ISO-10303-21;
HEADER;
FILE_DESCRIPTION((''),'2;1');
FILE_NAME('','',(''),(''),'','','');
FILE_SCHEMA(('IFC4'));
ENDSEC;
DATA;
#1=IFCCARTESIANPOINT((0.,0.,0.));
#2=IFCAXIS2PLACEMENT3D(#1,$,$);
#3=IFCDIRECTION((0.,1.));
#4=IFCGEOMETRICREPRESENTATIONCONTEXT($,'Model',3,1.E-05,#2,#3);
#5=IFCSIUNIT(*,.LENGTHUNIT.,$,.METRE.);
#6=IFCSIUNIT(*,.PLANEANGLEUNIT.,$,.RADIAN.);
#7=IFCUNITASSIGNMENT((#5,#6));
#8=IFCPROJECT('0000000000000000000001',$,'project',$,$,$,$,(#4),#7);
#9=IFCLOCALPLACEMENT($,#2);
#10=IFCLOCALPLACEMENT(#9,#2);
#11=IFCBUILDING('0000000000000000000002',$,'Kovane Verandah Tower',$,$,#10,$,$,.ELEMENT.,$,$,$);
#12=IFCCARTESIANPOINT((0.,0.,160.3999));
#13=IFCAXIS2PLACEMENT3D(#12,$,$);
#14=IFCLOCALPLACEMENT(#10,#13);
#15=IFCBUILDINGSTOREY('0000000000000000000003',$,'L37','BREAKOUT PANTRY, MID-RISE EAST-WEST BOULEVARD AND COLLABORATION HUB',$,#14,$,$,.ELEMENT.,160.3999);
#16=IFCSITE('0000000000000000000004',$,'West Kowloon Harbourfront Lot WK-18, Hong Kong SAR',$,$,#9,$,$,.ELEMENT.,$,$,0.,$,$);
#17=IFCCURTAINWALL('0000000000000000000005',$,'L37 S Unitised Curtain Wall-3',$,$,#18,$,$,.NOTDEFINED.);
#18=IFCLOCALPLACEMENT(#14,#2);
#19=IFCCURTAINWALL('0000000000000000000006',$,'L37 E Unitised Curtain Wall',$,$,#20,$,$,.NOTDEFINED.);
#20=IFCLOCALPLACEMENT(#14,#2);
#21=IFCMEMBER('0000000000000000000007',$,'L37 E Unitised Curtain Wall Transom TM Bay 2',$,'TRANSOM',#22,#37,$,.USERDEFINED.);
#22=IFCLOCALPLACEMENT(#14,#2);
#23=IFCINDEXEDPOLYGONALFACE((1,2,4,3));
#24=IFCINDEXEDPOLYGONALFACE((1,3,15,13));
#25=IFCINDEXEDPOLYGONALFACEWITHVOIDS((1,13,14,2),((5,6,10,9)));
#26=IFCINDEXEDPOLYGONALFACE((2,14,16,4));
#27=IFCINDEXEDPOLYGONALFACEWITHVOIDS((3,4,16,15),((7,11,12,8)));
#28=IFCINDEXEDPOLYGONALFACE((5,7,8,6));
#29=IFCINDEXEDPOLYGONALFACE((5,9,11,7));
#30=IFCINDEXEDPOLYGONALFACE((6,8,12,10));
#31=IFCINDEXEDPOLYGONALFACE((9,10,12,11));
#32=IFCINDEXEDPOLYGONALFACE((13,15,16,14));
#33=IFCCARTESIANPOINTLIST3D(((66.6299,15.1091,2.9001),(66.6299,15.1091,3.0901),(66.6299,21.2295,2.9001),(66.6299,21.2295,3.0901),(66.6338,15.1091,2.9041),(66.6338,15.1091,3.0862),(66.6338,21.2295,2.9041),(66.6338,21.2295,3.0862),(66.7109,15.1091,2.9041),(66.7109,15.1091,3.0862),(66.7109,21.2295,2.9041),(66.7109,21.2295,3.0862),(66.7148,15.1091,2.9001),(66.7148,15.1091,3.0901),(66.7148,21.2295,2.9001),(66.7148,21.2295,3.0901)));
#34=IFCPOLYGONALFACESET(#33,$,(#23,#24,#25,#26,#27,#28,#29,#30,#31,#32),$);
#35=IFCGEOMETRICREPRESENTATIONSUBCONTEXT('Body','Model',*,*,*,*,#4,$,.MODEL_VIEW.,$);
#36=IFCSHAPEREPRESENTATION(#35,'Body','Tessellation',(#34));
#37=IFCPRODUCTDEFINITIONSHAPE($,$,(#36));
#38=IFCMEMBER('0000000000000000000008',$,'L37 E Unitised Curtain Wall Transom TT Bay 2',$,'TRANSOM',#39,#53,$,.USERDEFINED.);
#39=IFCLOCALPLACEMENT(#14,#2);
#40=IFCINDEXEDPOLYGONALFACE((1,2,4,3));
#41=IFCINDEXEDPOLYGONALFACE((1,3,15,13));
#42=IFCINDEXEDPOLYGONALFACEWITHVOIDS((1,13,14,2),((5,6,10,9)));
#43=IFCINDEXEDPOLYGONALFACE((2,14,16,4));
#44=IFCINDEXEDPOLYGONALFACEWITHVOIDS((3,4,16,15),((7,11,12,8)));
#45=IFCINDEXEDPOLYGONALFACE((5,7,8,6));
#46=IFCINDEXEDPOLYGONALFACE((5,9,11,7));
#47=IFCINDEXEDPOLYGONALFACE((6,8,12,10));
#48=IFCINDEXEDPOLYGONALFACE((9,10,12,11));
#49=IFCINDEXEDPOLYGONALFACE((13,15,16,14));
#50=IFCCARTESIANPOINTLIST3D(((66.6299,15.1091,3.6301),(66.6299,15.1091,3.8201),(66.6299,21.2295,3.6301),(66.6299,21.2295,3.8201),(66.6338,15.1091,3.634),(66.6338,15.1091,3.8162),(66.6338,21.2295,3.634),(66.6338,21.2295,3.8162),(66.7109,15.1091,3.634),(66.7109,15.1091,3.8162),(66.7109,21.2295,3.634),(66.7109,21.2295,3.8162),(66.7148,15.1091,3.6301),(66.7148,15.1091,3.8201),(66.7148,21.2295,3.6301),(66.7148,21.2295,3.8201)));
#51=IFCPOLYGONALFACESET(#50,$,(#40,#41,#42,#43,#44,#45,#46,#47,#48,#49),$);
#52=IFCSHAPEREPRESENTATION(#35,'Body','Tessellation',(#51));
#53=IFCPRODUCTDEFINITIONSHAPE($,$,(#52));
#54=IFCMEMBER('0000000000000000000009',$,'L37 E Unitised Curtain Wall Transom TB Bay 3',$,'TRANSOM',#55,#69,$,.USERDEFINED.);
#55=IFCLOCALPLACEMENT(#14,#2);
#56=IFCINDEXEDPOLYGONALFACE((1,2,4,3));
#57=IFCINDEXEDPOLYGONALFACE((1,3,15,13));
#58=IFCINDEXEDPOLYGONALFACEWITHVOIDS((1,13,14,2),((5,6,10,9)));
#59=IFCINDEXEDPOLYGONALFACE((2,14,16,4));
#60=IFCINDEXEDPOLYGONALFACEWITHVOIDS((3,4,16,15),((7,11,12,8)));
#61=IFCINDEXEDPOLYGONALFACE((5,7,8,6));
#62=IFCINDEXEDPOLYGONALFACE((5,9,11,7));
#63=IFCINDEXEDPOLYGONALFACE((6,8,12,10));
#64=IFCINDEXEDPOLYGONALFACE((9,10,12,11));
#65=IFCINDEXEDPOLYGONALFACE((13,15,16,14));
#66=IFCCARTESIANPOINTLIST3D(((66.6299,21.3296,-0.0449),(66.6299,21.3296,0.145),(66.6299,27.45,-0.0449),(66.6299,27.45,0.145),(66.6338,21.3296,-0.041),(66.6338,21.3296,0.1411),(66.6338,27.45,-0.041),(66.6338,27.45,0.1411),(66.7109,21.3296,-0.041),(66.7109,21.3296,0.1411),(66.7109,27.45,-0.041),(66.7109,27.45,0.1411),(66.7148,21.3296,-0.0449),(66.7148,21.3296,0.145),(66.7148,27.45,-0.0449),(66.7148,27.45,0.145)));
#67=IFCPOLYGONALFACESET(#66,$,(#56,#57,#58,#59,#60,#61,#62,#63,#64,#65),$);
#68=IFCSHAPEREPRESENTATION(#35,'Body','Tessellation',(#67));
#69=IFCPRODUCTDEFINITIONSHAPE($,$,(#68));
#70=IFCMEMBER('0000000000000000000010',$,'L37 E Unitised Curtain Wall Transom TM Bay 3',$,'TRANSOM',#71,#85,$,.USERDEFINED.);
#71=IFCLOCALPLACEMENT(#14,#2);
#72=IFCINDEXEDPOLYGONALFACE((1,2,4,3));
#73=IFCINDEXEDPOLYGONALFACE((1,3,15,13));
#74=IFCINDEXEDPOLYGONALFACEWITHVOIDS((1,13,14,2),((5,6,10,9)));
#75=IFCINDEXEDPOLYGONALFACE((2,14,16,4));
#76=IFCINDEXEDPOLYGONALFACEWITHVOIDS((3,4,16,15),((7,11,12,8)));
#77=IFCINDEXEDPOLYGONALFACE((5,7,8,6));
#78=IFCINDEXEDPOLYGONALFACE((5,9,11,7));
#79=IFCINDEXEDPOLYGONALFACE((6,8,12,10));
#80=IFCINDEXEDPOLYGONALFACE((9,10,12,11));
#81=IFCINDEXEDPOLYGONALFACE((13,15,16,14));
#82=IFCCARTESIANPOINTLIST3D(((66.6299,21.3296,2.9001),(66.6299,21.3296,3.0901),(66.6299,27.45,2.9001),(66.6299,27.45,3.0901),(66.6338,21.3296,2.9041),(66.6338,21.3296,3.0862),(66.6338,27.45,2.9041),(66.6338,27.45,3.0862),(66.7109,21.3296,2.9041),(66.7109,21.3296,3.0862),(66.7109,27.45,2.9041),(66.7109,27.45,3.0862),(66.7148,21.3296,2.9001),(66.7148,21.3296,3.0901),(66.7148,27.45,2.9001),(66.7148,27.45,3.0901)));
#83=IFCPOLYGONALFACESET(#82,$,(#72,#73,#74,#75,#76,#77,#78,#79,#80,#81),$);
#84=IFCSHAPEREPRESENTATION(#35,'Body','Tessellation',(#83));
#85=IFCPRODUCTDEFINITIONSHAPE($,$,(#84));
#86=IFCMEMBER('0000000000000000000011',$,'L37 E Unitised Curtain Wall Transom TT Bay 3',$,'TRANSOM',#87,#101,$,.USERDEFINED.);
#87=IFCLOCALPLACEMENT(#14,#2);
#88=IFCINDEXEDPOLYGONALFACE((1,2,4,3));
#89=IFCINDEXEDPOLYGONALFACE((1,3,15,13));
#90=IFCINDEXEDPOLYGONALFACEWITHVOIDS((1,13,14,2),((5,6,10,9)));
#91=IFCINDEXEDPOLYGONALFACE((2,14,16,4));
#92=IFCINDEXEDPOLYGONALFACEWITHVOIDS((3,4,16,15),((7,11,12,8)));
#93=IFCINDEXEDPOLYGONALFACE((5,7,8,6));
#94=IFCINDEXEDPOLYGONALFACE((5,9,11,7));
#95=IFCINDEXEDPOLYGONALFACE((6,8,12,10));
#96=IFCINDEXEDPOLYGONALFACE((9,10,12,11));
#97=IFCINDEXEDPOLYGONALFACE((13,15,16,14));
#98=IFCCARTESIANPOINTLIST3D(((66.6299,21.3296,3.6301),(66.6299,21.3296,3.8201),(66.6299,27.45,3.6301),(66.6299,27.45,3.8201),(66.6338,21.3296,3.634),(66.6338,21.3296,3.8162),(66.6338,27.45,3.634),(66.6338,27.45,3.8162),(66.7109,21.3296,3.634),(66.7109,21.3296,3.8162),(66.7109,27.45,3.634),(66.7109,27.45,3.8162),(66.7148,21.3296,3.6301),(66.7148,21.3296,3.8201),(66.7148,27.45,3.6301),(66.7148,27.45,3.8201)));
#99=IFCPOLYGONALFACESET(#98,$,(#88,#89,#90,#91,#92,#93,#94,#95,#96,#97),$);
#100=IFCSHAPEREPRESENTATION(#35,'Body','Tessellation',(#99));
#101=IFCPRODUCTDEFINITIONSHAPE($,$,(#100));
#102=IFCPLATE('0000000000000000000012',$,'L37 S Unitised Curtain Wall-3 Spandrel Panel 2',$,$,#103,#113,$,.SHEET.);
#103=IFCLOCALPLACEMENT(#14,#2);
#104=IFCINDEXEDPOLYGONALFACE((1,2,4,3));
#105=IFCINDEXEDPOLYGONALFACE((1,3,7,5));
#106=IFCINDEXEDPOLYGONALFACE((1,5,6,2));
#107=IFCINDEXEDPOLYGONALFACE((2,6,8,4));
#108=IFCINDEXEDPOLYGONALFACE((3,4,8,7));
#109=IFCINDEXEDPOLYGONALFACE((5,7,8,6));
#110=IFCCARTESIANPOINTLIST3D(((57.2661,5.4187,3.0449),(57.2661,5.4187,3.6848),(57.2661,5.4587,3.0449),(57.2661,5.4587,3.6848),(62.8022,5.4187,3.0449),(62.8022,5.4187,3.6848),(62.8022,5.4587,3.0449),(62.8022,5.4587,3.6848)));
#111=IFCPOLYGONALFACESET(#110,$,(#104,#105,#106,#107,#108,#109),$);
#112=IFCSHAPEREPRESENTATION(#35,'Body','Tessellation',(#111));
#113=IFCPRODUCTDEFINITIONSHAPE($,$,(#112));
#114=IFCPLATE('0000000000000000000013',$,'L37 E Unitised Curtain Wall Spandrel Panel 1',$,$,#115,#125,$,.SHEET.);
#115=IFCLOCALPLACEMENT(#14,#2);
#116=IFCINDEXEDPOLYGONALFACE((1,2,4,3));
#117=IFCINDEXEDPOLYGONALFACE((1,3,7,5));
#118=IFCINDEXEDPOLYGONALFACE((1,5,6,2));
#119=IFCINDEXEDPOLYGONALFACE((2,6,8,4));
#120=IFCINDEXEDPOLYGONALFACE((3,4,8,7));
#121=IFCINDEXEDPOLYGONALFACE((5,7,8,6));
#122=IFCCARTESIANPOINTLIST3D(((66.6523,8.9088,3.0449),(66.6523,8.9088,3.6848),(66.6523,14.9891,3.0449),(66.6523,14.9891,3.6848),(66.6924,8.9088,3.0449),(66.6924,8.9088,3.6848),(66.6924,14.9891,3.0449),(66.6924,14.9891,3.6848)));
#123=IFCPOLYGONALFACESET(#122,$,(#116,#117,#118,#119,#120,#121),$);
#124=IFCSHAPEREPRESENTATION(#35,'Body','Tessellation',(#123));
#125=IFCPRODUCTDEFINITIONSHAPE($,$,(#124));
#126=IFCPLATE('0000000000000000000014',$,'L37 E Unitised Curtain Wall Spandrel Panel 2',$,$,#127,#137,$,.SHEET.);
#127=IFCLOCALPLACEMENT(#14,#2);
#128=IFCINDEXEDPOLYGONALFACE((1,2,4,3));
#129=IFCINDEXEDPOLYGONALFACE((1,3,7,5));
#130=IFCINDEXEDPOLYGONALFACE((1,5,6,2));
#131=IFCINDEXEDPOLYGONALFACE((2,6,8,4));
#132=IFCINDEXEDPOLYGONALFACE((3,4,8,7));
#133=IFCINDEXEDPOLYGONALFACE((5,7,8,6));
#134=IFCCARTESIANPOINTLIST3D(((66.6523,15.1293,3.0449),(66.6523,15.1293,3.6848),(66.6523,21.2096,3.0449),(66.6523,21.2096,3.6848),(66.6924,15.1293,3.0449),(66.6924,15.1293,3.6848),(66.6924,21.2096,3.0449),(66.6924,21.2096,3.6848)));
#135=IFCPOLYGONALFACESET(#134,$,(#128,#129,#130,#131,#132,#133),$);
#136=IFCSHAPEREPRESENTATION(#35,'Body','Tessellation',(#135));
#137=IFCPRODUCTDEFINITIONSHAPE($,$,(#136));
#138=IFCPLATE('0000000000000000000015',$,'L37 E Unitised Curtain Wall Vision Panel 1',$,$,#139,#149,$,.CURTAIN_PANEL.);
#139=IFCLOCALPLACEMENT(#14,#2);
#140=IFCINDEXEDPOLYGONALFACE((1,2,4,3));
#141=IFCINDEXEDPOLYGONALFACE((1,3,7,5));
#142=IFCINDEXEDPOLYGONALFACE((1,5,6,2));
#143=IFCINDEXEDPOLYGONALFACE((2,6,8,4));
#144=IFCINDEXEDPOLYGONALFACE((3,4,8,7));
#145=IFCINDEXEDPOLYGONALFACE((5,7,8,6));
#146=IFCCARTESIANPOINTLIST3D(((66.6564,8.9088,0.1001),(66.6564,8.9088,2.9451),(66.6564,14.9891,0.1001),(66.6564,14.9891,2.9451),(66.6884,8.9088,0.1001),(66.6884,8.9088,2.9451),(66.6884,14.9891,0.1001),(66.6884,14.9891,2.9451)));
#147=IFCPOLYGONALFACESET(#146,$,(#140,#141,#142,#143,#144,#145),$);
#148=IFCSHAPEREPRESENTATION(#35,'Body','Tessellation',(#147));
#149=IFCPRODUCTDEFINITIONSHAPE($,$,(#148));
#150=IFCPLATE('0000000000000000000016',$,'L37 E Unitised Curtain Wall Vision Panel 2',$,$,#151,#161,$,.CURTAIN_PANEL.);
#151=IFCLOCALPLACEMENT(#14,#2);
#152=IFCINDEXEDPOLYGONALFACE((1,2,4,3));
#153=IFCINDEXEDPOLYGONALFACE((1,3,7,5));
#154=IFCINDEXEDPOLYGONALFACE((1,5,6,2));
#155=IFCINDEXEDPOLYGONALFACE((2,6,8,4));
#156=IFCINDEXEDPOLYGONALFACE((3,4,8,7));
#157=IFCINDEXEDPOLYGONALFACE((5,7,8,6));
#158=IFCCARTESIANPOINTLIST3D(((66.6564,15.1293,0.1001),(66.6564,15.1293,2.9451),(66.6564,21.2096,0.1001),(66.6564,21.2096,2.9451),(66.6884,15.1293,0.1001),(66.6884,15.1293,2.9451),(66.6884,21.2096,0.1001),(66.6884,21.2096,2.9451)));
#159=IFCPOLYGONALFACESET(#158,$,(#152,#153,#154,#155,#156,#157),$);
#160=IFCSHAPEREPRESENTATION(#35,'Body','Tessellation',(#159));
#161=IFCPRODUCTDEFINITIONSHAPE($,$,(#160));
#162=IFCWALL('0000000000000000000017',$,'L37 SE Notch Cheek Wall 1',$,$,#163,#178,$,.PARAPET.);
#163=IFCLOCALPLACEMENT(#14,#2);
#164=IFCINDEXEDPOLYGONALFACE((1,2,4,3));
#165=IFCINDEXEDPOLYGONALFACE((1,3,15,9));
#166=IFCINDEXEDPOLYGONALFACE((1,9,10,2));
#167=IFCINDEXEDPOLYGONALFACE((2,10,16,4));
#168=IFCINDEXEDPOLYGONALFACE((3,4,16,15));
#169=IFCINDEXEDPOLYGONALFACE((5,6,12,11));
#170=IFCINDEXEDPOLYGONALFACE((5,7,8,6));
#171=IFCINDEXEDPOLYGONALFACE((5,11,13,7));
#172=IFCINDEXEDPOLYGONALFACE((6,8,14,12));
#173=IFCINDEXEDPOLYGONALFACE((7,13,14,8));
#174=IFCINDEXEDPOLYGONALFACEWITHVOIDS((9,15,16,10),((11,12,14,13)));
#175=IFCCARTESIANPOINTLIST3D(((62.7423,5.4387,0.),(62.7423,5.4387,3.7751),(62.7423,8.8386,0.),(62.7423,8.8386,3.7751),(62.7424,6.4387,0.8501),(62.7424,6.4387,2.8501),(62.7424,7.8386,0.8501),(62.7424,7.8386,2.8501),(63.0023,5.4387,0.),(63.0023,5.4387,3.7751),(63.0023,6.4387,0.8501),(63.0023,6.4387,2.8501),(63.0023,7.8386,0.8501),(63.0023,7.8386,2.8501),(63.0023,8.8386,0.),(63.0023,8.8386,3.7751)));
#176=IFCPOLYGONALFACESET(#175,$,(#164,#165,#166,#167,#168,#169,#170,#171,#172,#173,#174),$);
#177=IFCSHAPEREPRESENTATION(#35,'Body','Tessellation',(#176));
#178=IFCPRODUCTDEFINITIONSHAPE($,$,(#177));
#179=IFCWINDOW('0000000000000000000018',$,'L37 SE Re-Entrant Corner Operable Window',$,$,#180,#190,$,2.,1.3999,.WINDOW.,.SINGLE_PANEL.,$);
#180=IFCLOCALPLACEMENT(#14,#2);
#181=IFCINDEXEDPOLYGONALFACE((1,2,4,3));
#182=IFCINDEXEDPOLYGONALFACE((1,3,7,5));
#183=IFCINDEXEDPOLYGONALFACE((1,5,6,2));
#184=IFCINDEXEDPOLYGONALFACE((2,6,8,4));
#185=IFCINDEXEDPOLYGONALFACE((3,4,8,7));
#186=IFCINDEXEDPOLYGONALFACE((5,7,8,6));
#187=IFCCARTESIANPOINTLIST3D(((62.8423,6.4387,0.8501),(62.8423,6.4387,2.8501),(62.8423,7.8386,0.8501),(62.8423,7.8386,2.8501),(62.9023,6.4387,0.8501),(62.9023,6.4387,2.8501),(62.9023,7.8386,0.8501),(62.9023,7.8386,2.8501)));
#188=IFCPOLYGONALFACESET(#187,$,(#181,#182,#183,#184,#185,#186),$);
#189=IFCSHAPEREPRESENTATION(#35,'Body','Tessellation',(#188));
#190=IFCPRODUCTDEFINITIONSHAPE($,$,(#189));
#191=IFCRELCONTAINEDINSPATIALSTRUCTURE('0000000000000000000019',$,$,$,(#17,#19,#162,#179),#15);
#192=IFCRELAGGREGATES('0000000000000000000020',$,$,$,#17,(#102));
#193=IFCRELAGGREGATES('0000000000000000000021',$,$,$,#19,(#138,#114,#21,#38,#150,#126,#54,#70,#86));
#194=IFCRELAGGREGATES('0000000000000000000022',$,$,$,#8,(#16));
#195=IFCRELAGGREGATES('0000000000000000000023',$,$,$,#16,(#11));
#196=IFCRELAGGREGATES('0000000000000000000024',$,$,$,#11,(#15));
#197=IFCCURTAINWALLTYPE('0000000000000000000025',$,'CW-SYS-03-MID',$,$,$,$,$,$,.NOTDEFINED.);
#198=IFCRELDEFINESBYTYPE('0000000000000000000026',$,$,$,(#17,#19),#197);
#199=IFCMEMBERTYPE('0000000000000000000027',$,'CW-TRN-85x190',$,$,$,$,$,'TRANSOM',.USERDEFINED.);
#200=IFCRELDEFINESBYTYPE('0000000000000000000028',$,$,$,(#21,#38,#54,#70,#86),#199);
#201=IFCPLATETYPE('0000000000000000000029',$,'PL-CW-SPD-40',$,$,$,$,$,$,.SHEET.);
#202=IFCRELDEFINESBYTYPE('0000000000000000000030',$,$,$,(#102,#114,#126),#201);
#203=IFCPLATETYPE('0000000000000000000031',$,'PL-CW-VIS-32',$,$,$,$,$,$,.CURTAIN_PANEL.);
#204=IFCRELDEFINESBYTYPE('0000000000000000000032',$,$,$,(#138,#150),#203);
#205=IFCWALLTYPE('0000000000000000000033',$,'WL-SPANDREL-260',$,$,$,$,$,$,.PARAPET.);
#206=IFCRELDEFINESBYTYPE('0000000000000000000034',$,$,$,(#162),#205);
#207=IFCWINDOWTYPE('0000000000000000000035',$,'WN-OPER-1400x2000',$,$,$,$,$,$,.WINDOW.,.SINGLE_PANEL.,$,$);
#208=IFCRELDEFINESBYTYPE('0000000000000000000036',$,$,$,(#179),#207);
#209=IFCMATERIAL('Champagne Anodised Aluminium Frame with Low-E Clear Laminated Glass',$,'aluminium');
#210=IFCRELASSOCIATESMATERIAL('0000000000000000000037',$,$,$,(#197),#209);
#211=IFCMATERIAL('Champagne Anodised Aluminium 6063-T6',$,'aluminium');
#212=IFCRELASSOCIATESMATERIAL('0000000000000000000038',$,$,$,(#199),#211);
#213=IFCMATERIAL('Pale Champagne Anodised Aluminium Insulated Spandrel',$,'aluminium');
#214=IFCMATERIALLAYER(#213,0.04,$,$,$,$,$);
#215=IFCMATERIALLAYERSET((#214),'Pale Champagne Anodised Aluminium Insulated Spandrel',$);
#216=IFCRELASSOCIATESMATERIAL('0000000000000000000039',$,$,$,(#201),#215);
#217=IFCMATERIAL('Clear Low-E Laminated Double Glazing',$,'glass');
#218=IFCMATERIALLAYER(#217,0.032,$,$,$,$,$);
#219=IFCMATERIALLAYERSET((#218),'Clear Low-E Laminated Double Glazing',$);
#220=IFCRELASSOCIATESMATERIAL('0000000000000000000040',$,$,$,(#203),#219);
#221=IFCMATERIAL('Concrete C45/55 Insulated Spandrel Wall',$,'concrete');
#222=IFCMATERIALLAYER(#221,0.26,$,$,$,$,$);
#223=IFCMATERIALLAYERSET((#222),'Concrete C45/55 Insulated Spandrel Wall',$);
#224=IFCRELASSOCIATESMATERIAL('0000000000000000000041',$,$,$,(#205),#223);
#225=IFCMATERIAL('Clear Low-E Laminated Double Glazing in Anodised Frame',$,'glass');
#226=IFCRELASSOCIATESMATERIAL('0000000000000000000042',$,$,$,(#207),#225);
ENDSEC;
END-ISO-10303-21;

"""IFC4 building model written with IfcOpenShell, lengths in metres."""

from ifc_helpers import new_model, si_unit, direction, frame, frame_2d, origin, origin_2d, place, context, subcontext, project, spatial, rectangle, hollow_rectangle, extrude, material, layer, layer_set, material_profile, profile_set, type_object, element, fill, aggregate, save


model = new_model("IFC4")

# Units and contexts
model_context = context("Model", 3, precision=1e-05, world=origin(), true_north=direction((0.0, 1.0)))
body_context = subcontext(model_context, "Body", "Model", "MODEL_VIEW")
ifc_project = project(units=[si_unit("LENGTHUNIT", "METRE"), si_unit("PLANEANGLEUNIT", "RADIAN")], contexts=[model_context])

# Site, building, storey
site_placement = place(None, origin())
site = spatial("IfcSite", under=ifc_project, at=site_placement, Name="West Kowloon Harbourfront Lot WK-18, Hong Kong SAR", CompositionType="ELEMENT", RefElevation=0.0)
building_placement = place(site_placement, origin())
building = spatial("IfcBuilding", under=site, at=building_placement, Name="Kovane Verandah Tower", CompositionType="ELEMENT")
storey_placement = place(building_placement, frame((0.0, 0.0, 160.3999)))
storey = spatial("IfcBuildingStorey", under=building, at=storey_placement, Name="L37", Description="BREAKOUT PANTRY, MID-RISE EAST-WEST BOULEVARD AND COLLABORATION HUB", CompositionType="ELEMENT", Elevation=160.3999)

# Curtain wall
ifc_material_1 = material(Name="Champagne Anodised Aluminium Frame with Low-E Clear Laminated Glass", Category="aluminium")
curtain_wall_type = type_object("IfcCurtainWallType", Name="CW-SYS-03-MID", PredefinedType="NOTDEFINED", material=ifc_material_1)
curtain_wall_1_placement = place(storey_placement, origin())
curtain_wall_1 = element("IfcCurtainWall", 1, at=curtain_wall_1_placement, inside=storey, type_object=curtain_wall_type, Name="L37 S Unitised Curtain Wall-3", PredefinedType="NOTDEFINED")
ifc_material_2 = material(Name="Champagne Anodised Aluminium 6063-T6", Category="aluminium")

# Curtain wall, members
curtain_wall_2_placement = place(storey_placement, origin())
curtain_wall_2 = element("IfcCurtainWall", 2, at=curtain_wall_2_placement, inside=storey, type_object=curtain_wall_type, Name="L37 E Unitised Curtain Wall", PredefinedType="NOTDEFINED")
ifc_material_profile_1 = material_profile(ifc_material_2, hollow_rectangle(XDim=0.085, YDim=0.1899, WallThickness=0.0039, at=origin_2d()), Name="AL85x190x4")
ifc_profile_set_1 = profile_set([ifc_material_profile_1], Name="Champagne Anodised Aluminium 6063-T6")
member_type_1 = type_object("IfcMemberType", Name="CW-TRN-85x190", ElementType="TRANSOM", PredefinedType="USERDEFINED", material=ifc_profile_set_1)
member_1_placement = place(storey_placement, frame((66.6724, 15.1091, 2.9951), z_axis=(0.0, 1.0, 0.0), x_axis=(-1.0, 0.0, 0.0)))
member_1 = element("IfcMember", 3, at=member_1_placement, type_object=member_type_1, Name="L37 E Unitised Curtain Wall Transom TM Bay 2", ObjectType="TRANSOM", PredefinedType="USERDEFINED", context=body_context, shape_type="SweptSolid", body=[
    extrude(hollow_rectangle(XDim=0.085, YDim=0.1899, WallThickness=0.0039, at=origin_2d()), origin(), (0.0, 0.0, 1.0), 6.1204),
])
member_2_placement = place(storey_placement, frame((66.6724, 15.1091, 3.7251), z_axis=(0.0, 1.0, 0.0), x_axis=(-1.0, 0.0, 0.0)))
member_2 = element("IfcMember", 4, at=member_2_placement, type_object=member_type_1, Name="L37 E Unitised Curtain Wall Transom TT Bay 2", ObjectType="TRANSOM", PredefinedType="USERDEFINED", context=body_context, shape_type="SweptSolid", body=[
    extrude(hollow_rectangle(XDim=0.085, YDim=0.1899, WallThickness=0.0039, at=origin_2d()), origin(), (0.0, 0.0, 1.0), 6.1204),
])
member_3_placement = place(storey_placement, frame((66.6724, 21.3296, 0.05), z_axis=(0.0, 1.0, 0.0), x_axis=(-1.0, 0.0, 0.0)))
member_3 = element("IfcMember", 5, at=member_3_placement, type_object=member_type_1, Name="L37 E Unitised Curtain Wall Transom TB Bay 3", ObjectType="TRANSOM", PredefinedType="USERDEFINED", context=body_context, shape_type="SweptSolid", body=[
    extrude(hollow_rectangle(XDim=0.085, YDim=0.1899, WallThickness=0.0039, at=origin_2d()), origin(), (0.0, 0.0, 1.0), 6.1204),
])
member_4_placement = place(storey_placement, frame((66.6724, 21.3296, 2.9951), z_axis=(0.0, 1.0, 0.0), x_axis=(-1.0, 0.0, 0.0)))
member_4 = element("IfcMember", 6, at=member_4_placement, type_object=member_type_1, Name="L37 E Unitised Curtain Wall Transom TM Bay 3", ObjectType="TRANSOM", PredefinedType="USERDEFINED", context=body_context, shape_type="SweptSolid", body=[
    extrude(hollow_rectangle(XDim=0.085, YDim=0.1899, WallThickness=0.0039, at=origin_2d()), origin(), (0.0, 0.0, 1.0), 6.1204),
])
member_5_placement = place(storey_placement, frame((66.6724, 21.3296, 3.7251), z_axis=(0.0, 1.0, 0.0), x_axis=(-1.0, 0.0, 0.0)))
member_5 = element("IfcMember", 7, at=member_5_placement, type_object=member_type_1, Name="L37 E Unitised Curtain Wall Transom TT Bay 3", ObjectType="TRANSOM", PredefinedType="USERDEFINED", context=body_context, shape_type="SweptSolid", body=[
    extrude(hollow_rectangle(XDim=0.085, YDim=0.1899, WallThickness=0.0039, at=origin_2d()), origin(), (0.0, 0.0, 1.0), 6.1204),
])

# Plates
ifc_material_3 = material(Name="Pale Champagne Anodised Aluminium Insulated Spandrel", Category="aluminium")
ifc_layer_1 = layer(ifc_material_3, 0.04)
ifc_layer_set_1 = layer_set([ifc_layer_1], Name="Pale Champagne Anodised Aluminium Insulated Spandrel")
plate_type_1 = type_object("IfcPlateType", Name="PL-CW-SPD-40", PredefinedType="SHEET", material=ifc_layer_set_1)
plate_1_placement = place(storey_placement, frame((60.0342, 5.4387, 3.0449), z_axis=(0.0, 0.0, 1.0), x_axis=(1.0, 0.0, 0.0)))
plate_1 = element("IfcPlate", 8, at=plate_1_placement, type_object=plate_type_1, Name="L37 S Unitised Curtain Wall-3 Spandrel Panel 2", PredefinedType="SHEET", context=body_context, shape_type="SweptSolid", body=[
    extrude(rectangle(XDim=5.5361, YDim=0.04, at=origin_2d()), origin(), (0.0, 0.0, 1.0), 0.6399),
])
aggregate(curtain_wall_1, [plate_1])
plate_2_placement = place(storey_placement, frame((66.6724, 11.949, 3.0449), z_axis=(0.0, 0.0, 1.0), x_axis=(0.0, 1.0, 0.0)))
plate_2 = element("IfcPlate", 9, at=plate_2_placement, type_object=plate_type_1, Name="L37 E Unitised Curtain Wall Spandrel Panel 1", PredefinedType="SHEET", context=body_context, shape_type="SweptSolid", body=[
    extrude(rectangle(XDim=6.0803, YDim=0.04, at=origin_2d()), origin(), (0.0, 0.0, 1.0), 0.6399),
])
plate_3_placement = place(storey_placement, frame((66.6724, 18.1694, 3.0449), z_axis=(0.0, 0.0, 1.0), x_axis=(0.0, 1.0, 0.0)))
plate_3 = element("IfcPlate", 10, at=plate_3_placement, type_object=plate_type_1, Name="L37 E Unitised Curtain Wall Spandrel Panel 2", PredefinedType="SHEET", context=body_context, shape_type="SweptSolid", body=[
    extrude(rectangle(XDim=6.0803, YDim=0.04, at=origin_2d()), origin(), (0.0, 0.0, 1.0), 0.6399),
])
ifc_material_4 = material(Name="Clear Low-E Laminated Double Glazing", Category="glass")
ifc_layer_2 = layer(ifc_material_4, 0.032)
ifc_layer_set_2 = layer_set([ifc_layer_2], Name="Clear Low-E Laminated Double Glazing")
plate_type_2 = type_object("IfcPlateType", Name="PL-CW-VIS-32", PredefinedType="CURTAIN_PANEL", material=ifc_layer_set_2)
plate_4_placement = place(storey_placement, frame((66.6724, 11.949, 0.1001), z_axis=(0.0, 0.0, 1.0), x_axis=(0.0, 1.0, 0.0)))
plate_4 = element("IfcPlate", 11, at=plate_4_placement, type_object=plate_type_2, Name="L37 E Unitised Curtain Wall Vision Panel 1", PredefinedType="CURTAIN_PANEL", context=body_context, shape_type="SweptSolid", body=[
    extrude(rectangle(XDim=6.0803, YDim=0.032, at=origin_2d()), origin(), (0.0, 0.0, 1.0), 2.845),
])
plate_5_placement = place(storey_placement, frame((66.6724, 18.1694, 0.1001), z_axis=(0.0, 0.0, 1.0), x_axis=(0.0, 1.0, 0.0)))
plate_5 = element("IfcPlate", 12, at=plate_5_placement, type_object=plate_type_2, Name="L37 E Unitised Curtain Wall Vision Panel 2", PredefinedType="CURTAIN_PANEL", context=body_context, shape_type="SweptSolid", body=[
    extrude(rectangle(XDim=6.0803, YDim=0.032, at=origin_2d()), origin(), (0.0, 0.0, 1.0), 2.845),
])
aggregate(curtain_wall_2, [plate_4, plate_2, member_1, member_2, plate_5, plate_3, member_3, member_4, member_5])

# Wall, opening, window
ifc_material_5 = material(Name="Concrete C45/55 Insulated Spandrel Wall", Category="concrete")
ifc_layer_3 = layer(ifc_material_5, 0.26)
ifc_layer_set_3 = layer_set([ifc_layer_3], Name="Concrete C45/55 Insulated Spandrel Wall")
wall_type = type_object("IfcWallType", Name="WL-SPANDREL-260", PredefinedType="PARAPET", material=ifc_layer_set_3)
wall_1_placement = place(storey_placement, frame((62.8723, 5.4387, 0.0), z_axis=(0.0, 0.0, 1.0), x_axis=(0.0, 1.0, 0.0)))
wall_1 = element("IfcWall", 13, at=wall_1_placement, inside=storey, type_object=wall_type, Name="L37 SE Notch Cheek Wall 1", PredefinedType="PARAPET", context=body_context, shape_type="SweptSolid", body=[
    extrude(rectangle(XDim=3.3999, YDim=0.26, at=frame_2d((1.7, 0.0))), origin(), (0.0, 0.0, 1.0), 3.7751),
])
opening_placement = place(wall_1_placement, frame((1.0, 0.0, 0.8501)))
opening = element("IfcOpeningElement", 14, at=opening_placement, cuts=wall_1, PredefinedType="OPENING", context=body_context, shape_type="SweptSolid", body=[
    extrude(rectangle(XDim=1.3999, YDim=2.0, at=frame_2d((0.7, 1.0))), frame((0.0, 0.1299, 0.0), z_axis=(0.0, -1.0, 0.0), x_axis=(1.0, 0.0, 0.0)), (0.0, 0.0, 1.0), 0.26),
])
ifc_material_6 = material(Name="Clear Low-E Laminated Double Glazing in Anodised Frame", Category="glass")
window_type = type_object("IfcWindowType", Name="WN-OPER-1400x2000", PartitioningType="SINGLE_PANEL", PredefinedType="WINDOW", material=ifc_material_6)
window_placement = place(opening_placement, origin())
window = element("IfcWindow", 15, at=window_placement, inside=storey, type_object=window_type, Name="L37 SE Re-Entrant Corner Operable Window", OverallHeight=2.0, OverallWidth=1.3999, PartitioningType="SINGLE_PANEL", PredefinedType="WINDOW", context=body_context, shape_type="SweptSolid", body=[
    extrude(rectangle(XDim=1.3999, YDim=2.0, at=frame_2d((0.7, 1.0))), frame((0.0, 0.03, 0.0), z_axis=(0.0, -1.0, 0.0), x_axis=(1.0, 0.0, 0.0)), (0.0, 0.0, 1.0), 0.0601),
])
fill(opening, window)

save(model, "model.ifc")
